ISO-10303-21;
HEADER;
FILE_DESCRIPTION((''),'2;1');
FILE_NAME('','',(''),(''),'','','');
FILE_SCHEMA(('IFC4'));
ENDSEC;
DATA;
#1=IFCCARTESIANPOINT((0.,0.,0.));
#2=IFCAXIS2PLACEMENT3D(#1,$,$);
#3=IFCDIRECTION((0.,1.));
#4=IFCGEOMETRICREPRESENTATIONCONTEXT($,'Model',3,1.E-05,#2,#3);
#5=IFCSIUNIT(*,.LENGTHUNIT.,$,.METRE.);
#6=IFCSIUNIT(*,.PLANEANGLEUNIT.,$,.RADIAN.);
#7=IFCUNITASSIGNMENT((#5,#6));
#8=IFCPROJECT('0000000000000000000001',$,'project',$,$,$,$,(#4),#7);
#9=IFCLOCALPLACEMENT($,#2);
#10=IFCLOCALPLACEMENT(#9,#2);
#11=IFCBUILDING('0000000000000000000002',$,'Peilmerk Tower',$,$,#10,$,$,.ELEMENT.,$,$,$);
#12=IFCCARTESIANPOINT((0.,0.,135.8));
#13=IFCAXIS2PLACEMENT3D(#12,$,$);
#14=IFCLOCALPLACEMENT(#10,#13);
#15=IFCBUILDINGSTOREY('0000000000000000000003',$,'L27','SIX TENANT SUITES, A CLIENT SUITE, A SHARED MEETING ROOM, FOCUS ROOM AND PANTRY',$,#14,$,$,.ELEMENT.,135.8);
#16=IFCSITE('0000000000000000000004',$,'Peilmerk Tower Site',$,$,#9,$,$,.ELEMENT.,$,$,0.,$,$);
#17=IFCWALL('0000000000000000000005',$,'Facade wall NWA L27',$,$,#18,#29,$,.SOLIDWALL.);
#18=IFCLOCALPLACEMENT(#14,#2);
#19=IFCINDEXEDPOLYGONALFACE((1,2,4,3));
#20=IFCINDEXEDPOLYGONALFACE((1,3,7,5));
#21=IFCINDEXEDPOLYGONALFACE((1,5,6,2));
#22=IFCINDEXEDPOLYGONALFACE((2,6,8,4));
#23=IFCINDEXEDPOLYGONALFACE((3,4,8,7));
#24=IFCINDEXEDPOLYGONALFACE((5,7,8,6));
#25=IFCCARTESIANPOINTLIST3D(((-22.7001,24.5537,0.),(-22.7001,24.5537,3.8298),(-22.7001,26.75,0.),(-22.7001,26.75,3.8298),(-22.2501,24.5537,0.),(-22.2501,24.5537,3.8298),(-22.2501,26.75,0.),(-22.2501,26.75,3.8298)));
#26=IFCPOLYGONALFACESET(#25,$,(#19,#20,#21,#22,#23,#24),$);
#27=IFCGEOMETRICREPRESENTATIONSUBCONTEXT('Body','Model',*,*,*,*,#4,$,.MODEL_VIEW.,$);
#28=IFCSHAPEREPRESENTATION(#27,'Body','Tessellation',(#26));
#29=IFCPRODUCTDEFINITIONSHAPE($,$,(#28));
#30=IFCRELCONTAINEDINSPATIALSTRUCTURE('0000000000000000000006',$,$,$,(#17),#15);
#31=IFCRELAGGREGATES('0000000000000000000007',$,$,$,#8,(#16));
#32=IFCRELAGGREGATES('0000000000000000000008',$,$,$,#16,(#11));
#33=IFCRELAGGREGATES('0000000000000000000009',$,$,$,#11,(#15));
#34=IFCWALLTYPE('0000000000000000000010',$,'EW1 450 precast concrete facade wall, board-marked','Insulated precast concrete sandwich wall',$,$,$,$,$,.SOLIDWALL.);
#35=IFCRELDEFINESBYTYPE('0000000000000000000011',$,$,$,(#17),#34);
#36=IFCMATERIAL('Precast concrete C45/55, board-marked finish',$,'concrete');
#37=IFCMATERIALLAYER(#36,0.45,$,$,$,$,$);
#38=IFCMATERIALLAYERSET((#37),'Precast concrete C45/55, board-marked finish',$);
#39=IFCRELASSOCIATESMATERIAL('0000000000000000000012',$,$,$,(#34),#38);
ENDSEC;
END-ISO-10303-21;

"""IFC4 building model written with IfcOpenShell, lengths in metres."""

from ifc_helpers import new_model, si_unit, direction, frame, frame_2d, origin, place, context, subcontext, project, spatial, rectangle, extrude, material, layer, layer_set, type_object, element, save


model = new_model("IFC4")

# Units and contexts
model_context = context("Model", 3, precision=1e-05, world=origin(), true_north=direction((0.0, 1.0)))
body_context = subcontext(model_context, "Body", "Model", "MODEL_VIEW")
ifc_project = project(units=[si_unit("LENGTHUNIT", "METRE"), si_unit("PLANEANGLEUNIT", "RADIAN")], contexts=[model_context])

# Site, building, storey
site_placement = place(None, origin())
site = spatial("IfcSite", under=ifc_project, at=site_placement, Name="Peilmerk Tower Site", CompositionType="ELEMENT", RefElevation=0.0)
building_placement = place(site_placement, origin())
building = spatial("IfcBuilding", under=site, at=building_placement, Name="Peilmerk Tower", CompositionType="ELEMENT")
storey_placement = place(building_placement, frame((0.0, 0.0, 135.8)))
storey = spatial("IfcBuildingStorey", under=building, at=storey_placement, Name="L27", Description="SIX TENANT SUITES, A CLIENT SUITE, A SHARED MEETING ROOM, FOCUS ROOM AND PANTRY", CompositionType="ELEMENT", Elevation=135.8)

# Shared definitions
ifc_material_1 = material(Name="Precast concrete C45/55, board-marked finish", Category="concrete")
ifc_layer_1 = layer(ifc_material_1, 0.45)
ifc_layer_set_1 = layer_set([ifc_layer_1], Name="Precast concrete C45/55, board-marked finish")
wall_type = type_object("IfcWallType", Name="EW1 450 precast concrete facade wall, board-marked", Description="Insulated precast concrete sandwich wall", PredefinedType="SOLIDWALL", material=ifc_layer_set_1)

# Wall
wall_1_placement = place(storey_placement, frame((-22.4751, 24.5537, 0.0), z_axis=(0.0, 0.0, 1.0), x_axis=(0.0, 1.0, 0.0)))
element("IfcWall", 1, at=wall_1_placement, inside=storey, type_object=wall_type, Name="Facade wall NWA L27", PredefinedType="SOLIDWALL", context=body_context, shape_type="SweptSolid", body=[
    extrude(rectangle(XDim=2.1963, YDim=0.45, at=frame_2d((1.0981, 0.0))), origin(), (0.0, 0.0, 1.0), 3.8298),
])

save(model, "model.ifc")
